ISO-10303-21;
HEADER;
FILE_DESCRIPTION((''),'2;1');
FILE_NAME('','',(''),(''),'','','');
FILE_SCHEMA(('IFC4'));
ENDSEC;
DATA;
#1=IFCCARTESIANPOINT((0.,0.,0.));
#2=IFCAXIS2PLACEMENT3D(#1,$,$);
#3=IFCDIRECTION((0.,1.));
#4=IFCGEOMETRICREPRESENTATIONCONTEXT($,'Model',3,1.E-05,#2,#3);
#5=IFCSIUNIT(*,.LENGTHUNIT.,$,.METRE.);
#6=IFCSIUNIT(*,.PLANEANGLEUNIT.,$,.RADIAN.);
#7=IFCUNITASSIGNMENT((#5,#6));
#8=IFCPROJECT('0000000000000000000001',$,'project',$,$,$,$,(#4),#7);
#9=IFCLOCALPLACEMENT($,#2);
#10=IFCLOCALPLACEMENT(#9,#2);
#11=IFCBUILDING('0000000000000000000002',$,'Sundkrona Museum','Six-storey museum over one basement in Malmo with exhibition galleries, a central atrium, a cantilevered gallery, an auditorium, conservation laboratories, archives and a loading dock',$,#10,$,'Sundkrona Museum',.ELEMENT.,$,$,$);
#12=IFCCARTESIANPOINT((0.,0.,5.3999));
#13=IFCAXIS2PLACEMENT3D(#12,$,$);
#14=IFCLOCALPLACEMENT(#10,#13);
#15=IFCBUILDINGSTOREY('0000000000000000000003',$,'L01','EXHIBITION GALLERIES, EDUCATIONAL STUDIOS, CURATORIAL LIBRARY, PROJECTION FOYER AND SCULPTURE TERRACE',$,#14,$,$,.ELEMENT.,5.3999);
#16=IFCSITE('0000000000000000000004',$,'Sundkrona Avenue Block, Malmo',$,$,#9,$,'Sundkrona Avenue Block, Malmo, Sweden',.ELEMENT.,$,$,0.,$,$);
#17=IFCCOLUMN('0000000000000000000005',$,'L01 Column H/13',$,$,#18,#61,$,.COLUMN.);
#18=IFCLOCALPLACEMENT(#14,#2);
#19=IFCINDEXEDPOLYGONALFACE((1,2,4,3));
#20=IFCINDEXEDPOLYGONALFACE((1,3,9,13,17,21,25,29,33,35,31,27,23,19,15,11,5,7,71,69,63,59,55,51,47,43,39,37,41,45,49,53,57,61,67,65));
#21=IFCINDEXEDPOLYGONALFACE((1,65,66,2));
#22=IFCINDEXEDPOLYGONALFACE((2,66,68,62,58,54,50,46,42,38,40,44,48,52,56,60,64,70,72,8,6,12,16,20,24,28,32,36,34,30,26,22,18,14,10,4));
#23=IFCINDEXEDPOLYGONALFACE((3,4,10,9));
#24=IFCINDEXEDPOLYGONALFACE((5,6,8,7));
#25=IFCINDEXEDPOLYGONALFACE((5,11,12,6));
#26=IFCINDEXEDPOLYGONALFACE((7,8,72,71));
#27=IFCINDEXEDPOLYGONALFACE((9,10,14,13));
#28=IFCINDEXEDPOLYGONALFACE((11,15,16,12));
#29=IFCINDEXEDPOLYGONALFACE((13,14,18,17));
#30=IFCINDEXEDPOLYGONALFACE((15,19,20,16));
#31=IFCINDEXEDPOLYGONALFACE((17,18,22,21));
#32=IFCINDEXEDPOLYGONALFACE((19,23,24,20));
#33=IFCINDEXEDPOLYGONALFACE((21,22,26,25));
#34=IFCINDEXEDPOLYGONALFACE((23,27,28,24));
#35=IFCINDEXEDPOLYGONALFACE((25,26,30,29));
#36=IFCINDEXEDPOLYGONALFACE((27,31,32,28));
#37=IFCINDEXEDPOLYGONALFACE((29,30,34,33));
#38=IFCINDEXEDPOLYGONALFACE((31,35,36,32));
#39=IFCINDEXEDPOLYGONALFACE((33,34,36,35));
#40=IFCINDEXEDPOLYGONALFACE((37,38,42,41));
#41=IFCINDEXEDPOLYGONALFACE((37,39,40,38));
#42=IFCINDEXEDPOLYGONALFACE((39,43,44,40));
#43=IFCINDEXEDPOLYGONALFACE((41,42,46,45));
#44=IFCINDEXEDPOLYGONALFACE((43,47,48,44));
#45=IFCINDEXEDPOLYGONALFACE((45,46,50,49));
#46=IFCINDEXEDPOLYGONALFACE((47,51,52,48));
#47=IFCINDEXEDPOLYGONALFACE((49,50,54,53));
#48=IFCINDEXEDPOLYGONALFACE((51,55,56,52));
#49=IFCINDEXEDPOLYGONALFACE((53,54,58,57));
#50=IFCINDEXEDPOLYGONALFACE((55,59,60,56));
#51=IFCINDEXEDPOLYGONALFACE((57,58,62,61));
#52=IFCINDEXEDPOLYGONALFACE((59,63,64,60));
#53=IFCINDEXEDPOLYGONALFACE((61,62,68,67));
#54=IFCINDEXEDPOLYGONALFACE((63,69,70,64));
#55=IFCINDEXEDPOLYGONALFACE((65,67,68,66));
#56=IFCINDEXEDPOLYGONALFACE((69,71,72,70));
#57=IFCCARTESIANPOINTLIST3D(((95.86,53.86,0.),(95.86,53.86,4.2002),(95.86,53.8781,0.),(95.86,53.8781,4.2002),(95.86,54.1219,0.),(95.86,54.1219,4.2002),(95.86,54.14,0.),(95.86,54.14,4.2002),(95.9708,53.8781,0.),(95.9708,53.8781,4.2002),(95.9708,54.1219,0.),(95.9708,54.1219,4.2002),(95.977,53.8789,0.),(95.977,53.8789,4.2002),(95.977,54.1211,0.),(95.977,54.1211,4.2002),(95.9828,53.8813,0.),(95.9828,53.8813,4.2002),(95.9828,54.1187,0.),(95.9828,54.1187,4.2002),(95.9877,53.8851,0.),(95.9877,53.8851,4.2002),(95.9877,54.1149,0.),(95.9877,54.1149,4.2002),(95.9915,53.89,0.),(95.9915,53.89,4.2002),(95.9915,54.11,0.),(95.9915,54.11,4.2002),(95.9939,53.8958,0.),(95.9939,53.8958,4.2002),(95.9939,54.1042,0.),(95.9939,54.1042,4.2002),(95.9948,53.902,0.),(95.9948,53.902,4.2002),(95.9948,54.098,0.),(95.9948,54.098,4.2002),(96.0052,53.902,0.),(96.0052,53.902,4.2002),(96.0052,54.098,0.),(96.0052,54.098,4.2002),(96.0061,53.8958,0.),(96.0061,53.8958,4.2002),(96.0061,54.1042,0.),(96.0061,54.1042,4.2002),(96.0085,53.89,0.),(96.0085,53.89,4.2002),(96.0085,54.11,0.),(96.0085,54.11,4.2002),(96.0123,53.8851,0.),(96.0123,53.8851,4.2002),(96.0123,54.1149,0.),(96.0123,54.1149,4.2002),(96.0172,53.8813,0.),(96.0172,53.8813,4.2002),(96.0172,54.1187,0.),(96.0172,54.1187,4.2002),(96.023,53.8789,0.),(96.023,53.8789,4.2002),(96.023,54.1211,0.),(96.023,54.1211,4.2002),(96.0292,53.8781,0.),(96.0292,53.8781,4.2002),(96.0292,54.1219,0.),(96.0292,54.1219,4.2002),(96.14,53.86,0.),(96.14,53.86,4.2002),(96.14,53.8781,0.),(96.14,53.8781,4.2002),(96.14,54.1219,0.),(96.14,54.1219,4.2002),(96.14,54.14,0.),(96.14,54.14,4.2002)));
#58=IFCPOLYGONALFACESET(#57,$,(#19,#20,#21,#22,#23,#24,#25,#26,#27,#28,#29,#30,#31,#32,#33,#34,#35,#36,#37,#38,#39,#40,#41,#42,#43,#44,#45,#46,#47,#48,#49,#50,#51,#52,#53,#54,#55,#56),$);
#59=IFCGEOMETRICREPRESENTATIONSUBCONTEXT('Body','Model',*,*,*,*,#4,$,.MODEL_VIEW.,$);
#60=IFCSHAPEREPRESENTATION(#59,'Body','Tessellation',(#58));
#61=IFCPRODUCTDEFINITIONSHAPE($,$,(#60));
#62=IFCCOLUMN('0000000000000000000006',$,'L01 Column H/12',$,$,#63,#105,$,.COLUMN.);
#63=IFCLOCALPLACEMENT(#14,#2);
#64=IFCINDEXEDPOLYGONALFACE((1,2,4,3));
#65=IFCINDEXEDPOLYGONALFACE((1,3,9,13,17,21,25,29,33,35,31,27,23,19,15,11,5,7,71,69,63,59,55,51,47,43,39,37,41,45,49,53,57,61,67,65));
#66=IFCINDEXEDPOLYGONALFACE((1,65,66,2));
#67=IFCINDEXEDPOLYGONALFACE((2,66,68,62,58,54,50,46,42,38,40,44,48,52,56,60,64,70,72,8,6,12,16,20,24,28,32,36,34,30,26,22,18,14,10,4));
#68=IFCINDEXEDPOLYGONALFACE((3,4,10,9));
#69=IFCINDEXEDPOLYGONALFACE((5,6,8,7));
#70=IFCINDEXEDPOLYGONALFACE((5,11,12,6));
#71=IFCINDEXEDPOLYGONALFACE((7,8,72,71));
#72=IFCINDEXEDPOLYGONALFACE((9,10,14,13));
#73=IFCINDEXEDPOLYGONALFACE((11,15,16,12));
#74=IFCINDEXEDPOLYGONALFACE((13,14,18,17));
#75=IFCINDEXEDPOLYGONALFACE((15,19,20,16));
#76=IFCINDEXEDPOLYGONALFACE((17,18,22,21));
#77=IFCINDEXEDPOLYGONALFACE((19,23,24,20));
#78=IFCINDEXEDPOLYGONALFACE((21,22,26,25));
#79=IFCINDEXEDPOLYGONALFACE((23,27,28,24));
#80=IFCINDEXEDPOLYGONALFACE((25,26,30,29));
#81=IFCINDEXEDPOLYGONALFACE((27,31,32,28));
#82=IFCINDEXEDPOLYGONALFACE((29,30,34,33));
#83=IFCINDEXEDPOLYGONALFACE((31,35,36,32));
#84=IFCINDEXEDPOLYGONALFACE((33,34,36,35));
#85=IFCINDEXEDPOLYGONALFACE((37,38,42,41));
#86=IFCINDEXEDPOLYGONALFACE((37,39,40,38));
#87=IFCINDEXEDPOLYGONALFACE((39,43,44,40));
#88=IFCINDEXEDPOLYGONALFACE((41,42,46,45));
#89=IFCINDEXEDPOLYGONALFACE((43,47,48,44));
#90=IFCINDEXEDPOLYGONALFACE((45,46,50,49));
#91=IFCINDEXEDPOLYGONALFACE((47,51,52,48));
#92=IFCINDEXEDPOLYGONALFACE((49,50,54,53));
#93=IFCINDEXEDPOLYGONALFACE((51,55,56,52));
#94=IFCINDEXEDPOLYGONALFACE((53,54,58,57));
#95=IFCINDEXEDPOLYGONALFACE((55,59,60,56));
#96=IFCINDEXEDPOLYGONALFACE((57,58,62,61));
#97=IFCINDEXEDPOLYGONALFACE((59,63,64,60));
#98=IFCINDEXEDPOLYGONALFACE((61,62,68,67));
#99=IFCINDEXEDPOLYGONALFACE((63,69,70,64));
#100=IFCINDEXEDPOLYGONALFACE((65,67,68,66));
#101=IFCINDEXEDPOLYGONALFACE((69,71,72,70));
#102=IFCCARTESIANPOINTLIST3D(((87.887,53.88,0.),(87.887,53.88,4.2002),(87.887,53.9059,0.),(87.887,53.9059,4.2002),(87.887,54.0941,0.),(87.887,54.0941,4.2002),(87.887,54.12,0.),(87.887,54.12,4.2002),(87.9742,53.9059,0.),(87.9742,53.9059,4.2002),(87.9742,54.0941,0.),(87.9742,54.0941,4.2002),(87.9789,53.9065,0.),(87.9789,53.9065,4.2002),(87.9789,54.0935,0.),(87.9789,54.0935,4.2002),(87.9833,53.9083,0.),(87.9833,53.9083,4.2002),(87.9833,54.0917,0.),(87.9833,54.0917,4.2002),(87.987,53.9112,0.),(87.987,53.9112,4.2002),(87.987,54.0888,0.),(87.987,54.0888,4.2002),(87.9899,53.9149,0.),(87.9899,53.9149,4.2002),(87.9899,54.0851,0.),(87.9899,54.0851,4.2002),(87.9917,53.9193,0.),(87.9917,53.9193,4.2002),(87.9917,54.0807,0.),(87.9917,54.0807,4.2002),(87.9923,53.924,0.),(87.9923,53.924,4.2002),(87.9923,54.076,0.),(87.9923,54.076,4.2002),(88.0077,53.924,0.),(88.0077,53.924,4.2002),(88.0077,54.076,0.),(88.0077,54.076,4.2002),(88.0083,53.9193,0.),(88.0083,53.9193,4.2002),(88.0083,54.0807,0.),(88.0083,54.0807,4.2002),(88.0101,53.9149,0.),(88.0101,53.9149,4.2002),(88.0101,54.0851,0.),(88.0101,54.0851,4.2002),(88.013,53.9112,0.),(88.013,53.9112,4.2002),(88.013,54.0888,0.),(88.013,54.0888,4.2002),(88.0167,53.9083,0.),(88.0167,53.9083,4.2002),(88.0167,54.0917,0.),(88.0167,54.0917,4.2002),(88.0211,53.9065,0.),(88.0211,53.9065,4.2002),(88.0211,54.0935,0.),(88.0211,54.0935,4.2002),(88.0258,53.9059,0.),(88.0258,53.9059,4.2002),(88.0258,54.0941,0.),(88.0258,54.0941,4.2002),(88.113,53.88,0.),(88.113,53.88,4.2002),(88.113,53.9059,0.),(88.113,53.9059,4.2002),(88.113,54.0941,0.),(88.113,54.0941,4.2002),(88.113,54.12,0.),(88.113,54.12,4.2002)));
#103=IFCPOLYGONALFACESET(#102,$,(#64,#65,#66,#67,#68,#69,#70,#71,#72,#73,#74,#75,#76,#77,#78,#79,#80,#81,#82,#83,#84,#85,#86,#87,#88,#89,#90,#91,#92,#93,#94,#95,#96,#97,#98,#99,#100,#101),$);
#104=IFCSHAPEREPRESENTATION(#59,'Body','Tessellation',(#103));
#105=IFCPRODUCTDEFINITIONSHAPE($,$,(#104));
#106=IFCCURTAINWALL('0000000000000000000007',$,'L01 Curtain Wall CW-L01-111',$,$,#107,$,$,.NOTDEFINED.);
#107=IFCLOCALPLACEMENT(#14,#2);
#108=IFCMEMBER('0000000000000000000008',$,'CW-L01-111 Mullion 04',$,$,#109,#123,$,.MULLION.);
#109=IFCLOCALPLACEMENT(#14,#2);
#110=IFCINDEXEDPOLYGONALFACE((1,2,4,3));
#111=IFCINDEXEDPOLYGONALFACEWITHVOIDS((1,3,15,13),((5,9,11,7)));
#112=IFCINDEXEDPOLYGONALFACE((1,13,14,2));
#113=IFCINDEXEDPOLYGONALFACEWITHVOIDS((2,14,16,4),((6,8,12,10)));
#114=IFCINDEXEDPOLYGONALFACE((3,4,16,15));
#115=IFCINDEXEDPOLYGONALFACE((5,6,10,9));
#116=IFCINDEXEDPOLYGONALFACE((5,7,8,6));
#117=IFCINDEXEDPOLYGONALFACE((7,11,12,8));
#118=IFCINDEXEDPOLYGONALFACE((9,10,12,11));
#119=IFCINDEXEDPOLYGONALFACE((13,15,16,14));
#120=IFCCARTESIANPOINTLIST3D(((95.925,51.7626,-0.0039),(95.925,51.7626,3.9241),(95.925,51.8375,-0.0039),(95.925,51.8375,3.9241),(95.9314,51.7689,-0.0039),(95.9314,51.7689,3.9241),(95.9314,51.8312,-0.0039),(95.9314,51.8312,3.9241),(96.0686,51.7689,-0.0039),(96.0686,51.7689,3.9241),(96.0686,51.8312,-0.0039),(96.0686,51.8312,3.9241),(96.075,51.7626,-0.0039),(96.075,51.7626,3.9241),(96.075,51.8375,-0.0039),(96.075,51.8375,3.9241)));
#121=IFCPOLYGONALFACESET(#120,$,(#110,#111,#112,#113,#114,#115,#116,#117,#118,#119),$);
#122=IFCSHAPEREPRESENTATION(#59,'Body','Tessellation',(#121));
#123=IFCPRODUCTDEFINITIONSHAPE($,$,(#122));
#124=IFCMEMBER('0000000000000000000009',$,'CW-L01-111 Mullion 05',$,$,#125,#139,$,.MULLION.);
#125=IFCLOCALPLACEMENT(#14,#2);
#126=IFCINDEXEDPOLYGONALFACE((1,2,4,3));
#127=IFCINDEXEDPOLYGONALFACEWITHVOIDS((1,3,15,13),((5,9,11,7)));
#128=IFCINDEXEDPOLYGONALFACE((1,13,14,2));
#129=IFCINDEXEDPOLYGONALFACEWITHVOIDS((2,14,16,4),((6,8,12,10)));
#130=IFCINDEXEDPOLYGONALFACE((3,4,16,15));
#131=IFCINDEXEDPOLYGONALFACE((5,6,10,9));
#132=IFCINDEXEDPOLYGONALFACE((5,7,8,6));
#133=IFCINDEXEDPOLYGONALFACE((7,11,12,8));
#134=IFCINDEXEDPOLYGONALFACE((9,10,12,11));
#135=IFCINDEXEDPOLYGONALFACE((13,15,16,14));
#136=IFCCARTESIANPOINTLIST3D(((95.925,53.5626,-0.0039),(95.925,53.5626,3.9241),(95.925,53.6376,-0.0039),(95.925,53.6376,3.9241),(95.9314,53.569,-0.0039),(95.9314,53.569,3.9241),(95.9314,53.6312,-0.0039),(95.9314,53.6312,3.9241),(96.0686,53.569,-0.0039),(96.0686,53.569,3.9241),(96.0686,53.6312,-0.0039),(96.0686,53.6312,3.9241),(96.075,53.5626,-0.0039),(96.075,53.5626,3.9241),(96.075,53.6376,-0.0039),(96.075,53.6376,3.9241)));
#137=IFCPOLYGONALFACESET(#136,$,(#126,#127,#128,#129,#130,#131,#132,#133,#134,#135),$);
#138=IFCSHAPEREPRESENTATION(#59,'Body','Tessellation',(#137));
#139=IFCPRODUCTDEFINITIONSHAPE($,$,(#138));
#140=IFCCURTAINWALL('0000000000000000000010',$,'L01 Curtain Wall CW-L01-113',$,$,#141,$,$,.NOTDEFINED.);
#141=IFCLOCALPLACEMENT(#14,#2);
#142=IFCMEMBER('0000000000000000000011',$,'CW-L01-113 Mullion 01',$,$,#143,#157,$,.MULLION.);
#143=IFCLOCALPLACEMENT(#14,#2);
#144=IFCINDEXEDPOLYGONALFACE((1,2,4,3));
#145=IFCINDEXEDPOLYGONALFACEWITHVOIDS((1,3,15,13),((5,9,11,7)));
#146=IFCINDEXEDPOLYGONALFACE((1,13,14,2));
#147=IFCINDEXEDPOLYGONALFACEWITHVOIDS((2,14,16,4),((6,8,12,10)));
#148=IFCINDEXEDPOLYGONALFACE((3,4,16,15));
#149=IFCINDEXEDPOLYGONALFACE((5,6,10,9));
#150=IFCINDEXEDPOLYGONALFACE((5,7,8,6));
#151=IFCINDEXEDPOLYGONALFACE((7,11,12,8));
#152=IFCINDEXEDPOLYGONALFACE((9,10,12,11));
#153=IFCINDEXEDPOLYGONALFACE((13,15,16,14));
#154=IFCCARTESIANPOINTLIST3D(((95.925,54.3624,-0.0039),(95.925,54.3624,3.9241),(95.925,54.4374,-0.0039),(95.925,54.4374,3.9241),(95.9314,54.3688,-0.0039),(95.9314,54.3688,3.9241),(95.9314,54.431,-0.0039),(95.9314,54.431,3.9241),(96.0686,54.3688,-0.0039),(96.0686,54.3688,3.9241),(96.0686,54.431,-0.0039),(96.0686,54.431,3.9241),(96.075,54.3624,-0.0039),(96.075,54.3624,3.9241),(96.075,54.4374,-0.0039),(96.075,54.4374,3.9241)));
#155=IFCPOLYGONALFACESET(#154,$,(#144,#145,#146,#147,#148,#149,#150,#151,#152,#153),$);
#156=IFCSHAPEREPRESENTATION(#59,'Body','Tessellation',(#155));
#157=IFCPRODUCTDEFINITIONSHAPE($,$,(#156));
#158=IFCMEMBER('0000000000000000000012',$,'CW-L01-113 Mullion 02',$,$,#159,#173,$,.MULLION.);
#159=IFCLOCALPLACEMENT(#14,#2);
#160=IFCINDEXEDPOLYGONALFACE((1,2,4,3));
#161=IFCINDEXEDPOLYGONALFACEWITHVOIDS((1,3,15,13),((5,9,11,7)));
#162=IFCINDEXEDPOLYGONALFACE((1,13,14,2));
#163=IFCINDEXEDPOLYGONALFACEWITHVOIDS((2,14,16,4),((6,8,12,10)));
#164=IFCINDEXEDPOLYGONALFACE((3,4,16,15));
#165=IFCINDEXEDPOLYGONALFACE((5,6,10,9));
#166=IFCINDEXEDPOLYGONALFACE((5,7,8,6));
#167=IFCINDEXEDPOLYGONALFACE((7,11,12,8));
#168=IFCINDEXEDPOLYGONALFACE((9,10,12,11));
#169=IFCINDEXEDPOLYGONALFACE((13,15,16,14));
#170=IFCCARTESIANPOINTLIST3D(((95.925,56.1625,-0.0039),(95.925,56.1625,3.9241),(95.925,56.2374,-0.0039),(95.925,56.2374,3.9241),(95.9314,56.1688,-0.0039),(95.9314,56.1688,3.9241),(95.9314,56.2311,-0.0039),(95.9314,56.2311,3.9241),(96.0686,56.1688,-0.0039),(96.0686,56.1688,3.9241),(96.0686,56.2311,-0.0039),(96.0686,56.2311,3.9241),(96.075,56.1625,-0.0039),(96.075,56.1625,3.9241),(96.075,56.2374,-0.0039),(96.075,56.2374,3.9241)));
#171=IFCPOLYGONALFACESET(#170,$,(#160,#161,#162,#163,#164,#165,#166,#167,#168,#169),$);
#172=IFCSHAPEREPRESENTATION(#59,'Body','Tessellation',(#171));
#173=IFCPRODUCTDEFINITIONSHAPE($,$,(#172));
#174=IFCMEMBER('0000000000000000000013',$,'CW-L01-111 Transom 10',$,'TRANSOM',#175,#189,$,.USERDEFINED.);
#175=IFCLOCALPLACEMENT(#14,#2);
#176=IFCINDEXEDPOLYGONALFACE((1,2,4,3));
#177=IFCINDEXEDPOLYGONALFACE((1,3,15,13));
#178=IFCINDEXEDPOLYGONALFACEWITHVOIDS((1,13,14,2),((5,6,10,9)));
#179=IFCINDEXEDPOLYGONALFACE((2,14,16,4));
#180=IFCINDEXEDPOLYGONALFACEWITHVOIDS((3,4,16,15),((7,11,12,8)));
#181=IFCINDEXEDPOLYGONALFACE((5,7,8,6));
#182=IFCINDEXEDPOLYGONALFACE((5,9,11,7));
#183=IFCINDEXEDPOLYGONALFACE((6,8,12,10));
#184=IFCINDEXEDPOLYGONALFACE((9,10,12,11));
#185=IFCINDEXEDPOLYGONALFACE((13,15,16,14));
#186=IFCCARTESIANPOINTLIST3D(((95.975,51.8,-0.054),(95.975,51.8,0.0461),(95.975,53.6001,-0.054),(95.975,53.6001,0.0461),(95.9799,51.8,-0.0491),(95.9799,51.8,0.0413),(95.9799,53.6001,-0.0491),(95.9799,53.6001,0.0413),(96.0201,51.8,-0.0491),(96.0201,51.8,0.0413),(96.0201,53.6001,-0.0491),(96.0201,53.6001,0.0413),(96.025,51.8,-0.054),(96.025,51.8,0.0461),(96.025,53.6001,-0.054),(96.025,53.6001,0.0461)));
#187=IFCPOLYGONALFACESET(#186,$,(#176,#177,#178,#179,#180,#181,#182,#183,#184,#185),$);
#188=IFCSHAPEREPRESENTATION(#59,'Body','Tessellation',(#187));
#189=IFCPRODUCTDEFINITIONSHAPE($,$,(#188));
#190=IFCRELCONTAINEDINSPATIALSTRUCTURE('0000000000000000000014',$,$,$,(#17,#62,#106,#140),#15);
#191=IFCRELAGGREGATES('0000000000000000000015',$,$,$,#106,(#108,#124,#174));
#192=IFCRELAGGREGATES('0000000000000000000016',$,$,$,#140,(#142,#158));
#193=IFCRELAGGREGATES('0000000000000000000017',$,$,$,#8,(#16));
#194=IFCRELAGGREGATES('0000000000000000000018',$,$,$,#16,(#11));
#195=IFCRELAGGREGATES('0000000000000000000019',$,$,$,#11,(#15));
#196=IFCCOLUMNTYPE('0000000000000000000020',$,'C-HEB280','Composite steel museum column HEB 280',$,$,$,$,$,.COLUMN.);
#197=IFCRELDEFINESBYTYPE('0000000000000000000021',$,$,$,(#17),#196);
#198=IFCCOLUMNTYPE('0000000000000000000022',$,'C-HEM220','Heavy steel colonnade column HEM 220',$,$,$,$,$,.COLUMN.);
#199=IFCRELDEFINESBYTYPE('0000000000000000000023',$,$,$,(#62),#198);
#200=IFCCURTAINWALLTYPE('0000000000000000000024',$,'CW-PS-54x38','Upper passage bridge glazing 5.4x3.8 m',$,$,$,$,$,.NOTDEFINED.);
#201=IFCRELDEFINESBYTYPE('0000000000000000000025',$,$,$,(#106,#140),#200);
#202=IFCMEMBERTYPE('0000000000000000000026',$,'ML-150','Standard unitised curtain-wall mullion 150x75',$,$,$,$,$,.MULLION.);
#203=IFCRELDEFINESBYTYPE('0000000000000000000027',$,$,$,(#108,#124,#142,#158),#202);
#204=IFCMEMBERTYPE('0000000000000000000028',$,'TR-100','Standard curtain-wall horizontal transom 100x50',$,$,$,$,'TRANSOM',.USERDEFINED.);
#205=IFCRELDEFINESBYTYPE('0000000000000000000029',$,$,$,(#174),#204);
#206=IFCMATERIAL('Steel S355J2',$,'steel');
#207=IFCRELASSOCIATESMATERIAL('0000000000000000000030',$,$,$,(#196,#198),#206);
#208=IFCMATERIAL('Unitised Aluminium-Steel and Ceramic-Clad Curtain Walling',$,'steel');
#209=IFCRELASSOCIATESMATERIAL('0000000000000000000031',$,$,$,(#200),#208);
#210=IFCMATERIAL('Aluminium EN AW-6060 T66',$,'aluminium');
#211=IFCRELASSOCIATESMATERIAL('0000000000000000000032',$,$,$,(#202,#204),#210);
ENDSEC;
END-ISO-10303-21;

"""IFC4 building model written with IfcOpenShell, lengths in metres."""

from ifc_helpers import new_model, si_unit, direction, frame, origin, origin_2d, place, context, subcontext, project, spatial, hollow_rectangle, i_section, extrude, material, material_profile, profile_set, type_object, element, aggregate, save


model = new_model("IFC4")

# Units and contexts
model_context = context("Model", 3, precision=1e-05, world=origin(), true_north=direction((0.0, 1.0)))
body_context = subcontext(model_context, "Body", "Model", "MODEL_VIEW")
ifc_project = project(units=[si_unit("LENGTHUNIT", "METRE"), si_unit("PLANEANGLEUNIT", "RADIAN")], contexts=[model_context])

# Site, building, storey
site_placement = place(None, origin())
site = spatial("IfcSite", under=ifc_project, at=site_placement, Name="Sundkrona Avenue Block, Malmo", LongName="Sundkrona Avenue Block, Malmo, Sweden", CompositionType="ELEMENT", RefElevation=0.0)
building_placement = place(site_placement, origin())
building = spatial("IfcBuilding", under=site, at=building_placement, Name="Sundkrona Museum", Description="Six-storey museum over one basement in Malmo with exhibition galleries, a central atrium, a cantilevered gallery, an auditorium, conservation laboratories, archives and a loading dock", LongName="Sundkrona Museum", CompositionType="ELEMENT")
storey_placement = place(building_placement, frame((0.0, 0.0, 5.3999)))
storey = spatial("IfcBuildingStorey", under=building, at=storey_placement, Name="L01", Description="EXHIBITION GALLERIES, EDUCATIONAL STUDIOS, CURATORIAL LIBRARY, PROJECTION FOYER AND SCULPTURE TERRACE", CompositionType="ELEMENT", Elevation=5.3999)

# Columns
ifc_material_1 = material(Name="Steel S355J2", Category="steel")
ifc_material_profile_1 = material_profile(ifc_material_1, i_section(OverallWidth=0.28, OverallDepth=0.28, WebThickness=0.0105, FlangeThickness=0.0181, FilletRadius=0.0239, at=origin_2d()), Name="HEB 280")
ifc_profile_set_1 = profile_set([ifc_material_profile_1], Name="Steel S355J2")
column_type_1 = type_object("IfcColumnType", Name="C-HEB280", Description="Composite steel museum column HEB 280", PredefinedType="COLUMN", material=ifc_profile_set_1)
column_1_placement = place(storey_placement, frame((96.0, 54.0, 0.0), z_axis=(0.0, 0.0, 1.0), x_axis=(1.0, 0.0, 0.0)))
element("IfcColumn", 1, at=column_1_placement, inside=storey, type_object=column_type_1, Name="L01 Column H/13", PredefinedType="COLUMN", context=body_context, shape_type="SweptSolid", body=[
    extrude(i_section(OverallWidth=0.28, OverallDepth=0.28, WebThickness=0.0105, FlangeThickness=0.0181, FilletRadius=0.0239, at=origin_2d()), origin(), (0.0, 0.0, 1.0), 4.2002),
])
ifc_material_profile_2 = material_profile(ifc_material_1, i_section(OverallWidth=0.2261, OverallDepth=0.24, WebThickness=0.0154, FlangeThickness=0.0259, FilletRadius=0.0181, at=origin_2d()), Name="HEM 220")
ifc_profile_set_2 = profile_set([ifc_material_profile_2], Name="Steel S355J2")
column_type_2 = type_object("IfcColumnType", Name="C-HEM220", Description="Heavy steel colonnade column HEM 220", PredefinedType="COLUMN", material=ifc_profile_set_2)
column_2_placement = place(storey_placement, frame((88.0, 54.0, 0.0), z_axis=(0.0, 0.0, 1.0), x_axis=(1.0, 0.0, 0.0)))
element("IfcColumn", 2, at=column_2_placement, inside=storey, type_object=column_type_2, Name="L01 Column H/12", PredefinedType="COLUMN", context=body_context, shape_type="SweptSolid", body=[
    extrude(i_section(OverallWidth=0.2261, OverallDepth=0.24, WebThickness=0.0154, FlangeThickness=0.0259, FilletRadius=0.0181, at=origin_2d()), origin(), (0.0, 0.0, 1.0), 4.2002),
])

# Curtain walls, members
ifc_material_2 = material(Name="Unitised Aluminium-Steel and Ceramic-Clad Curtain Walling", Category="steel")
curtain_wall_type = type_object("IfcCurtainWallType", Name="CW-PS-54x38", Description="Upper passage bridge glazing 5.4x3.8 m", PredefinedType="NOTDEFINED", material=ifc_material_2)
curtain_wall_1_placement = place(storey_placement, origin())
curtain_wall_1 = element("IfcCurtainWall", 3, at=curtain_wall_1_placement, inside=storey, type_object=curtain_wall_type, Name="L01 Curtain Wall CW-L01-111", PredefinedType="NOTDEFINED")
ifc_material_3 = material(Name="Aluminium EN AW-6060 T66", Category="aluminium")
ifc_material_profile_3 = material_profile(ifc_material_3, hollow_rectangle(XDim=0.075, YDim=0.1499, WallThickness=0.0063, at=origin_2d()), Name="RHS 150x75x6.3")
ifc_profile_set_3 = profile_set([ifc_material_profile_3], Name="Aluminium EN AW-6060 T66")
member_type_1 = type_object("IfcMemberType", Name="ML-150", Description="Standard unitised curtain-wall mullion 150x75", PredefinedType="MULLION", material=ifc_profile_set_3)
member_1_placement = place(storey_placement, frame((96.0, 51.8, -0.0039), z_axis=(0.0, 0.0, 1.0), x_axis=(0.0, 1.0, 0.0)))
member_1 = element("IfcMember", 4, at=member_1_placement, type_object=member_type_1, Name="CW-L01-111 Mullion 04", PredefinedType="MULLION", context=body_context, shape_type="SweptSolid", body=[
    extrude(hollow_rectangle(XDim=0.075, YDim=0.1499, WallThickness=0.0063, at=origin_2d()), origin(), (0.0, 0.0, 1.0), 3.928),
])
member_2_placement = place(storey_placement, frame((96.0, 53.6001, -0.0039), z_axis=(0.0, 0.0, 1.0), x_axis=(0.0, 1.0, 0.0)))
member_2 = element("IfcMember", 5, at=member_2_placement, type_object=member_type_1, Name="CW-L01-111 Mullion 05", PredefinedType="MULLION", context=body_context, shape_type="SweptSolid", body=[
    extrude(hollow_rectangle(XDim=0.075, YDim=0.1499, WallThickness=0.0063, at=origin_2d()), origin(), (0.0, 0.0, 1.0), 3.928),
])
curtain_wall_2_placement = place(storey_placement, origin())
curtain_wall_2 = element("IfcCurtainWall", 6, at=curtain_wall_2_placement, inside=storey, type_object=curtain_wall_type, Name="L01 Curtain Wall CW-L01-113", PredefinedType="NOTDEFINED")
member_3_placement = place(storey_placement, frame((96.0, 54.3999, -0.0039), z_axis=(0.0, 0.0, 1.0), x_axis=(0.0, 1.0, 0.0)))
member_3 = element("IfcMember", 7, at=member_3_placement, type_object=member_type_1, Name="CW-L01-113 Mullion 01", PredefinedType="MULLION", context=body_context, shape_type="SweptSolid", body=[
    extrude(hollow_rectangle(XDim=0.075, YDim=0.1499, WallThickness=0.0063, at=origin_2d()), origin(), (0.0, 0.0, 1.0), 3.928),
])
member_4_placement = place(storey_placement, frame((96.0, 56.2, -0.0039), z_axis=(0.0, 0.0, 1.0), x_axis=(0.0, 1.0, 0.0)))
member_4 = element("IfcMember", 8, at=member_4_placement, type_object=member_type_1, Name="CW-L01-113 Mullion 02", PredefinedType="MULLION", context=body_context, shape_type="SweptSolid", body=[
    extrude(hollow_rectangle(XDim=0.075, YDim=0.1499, WallThickness=0.0063, at=origin_2d()), origin(), (0.0, 0.0, 1.0), 3.928),
])

# Member
ifc_material_profile_4 = material_profile(ifc_material_3, hollow_rectangle(XDim=0.05, YDim=0.1001, WallThickness=0.0049, at=origin_2d()), Name="RHS 100x50x5.0")
ifc_profile_set_4 = profile_set([ifc_material_profile_4], Name="Aluminium EN AW-6060 T66")
member_type_2 = type_object("IfcMemberType", Name="TR-100", Description="Standard curtain-wall horizontal transom 100x50", ElementType="TRANSOM", PredefinedType="USERDEFINED", material=ifc_profile_set_4)
member_5_placement = place(storey_placement, frame((96.0, 51.8, -0.0039), z_axis=(0.0, 1.0, 0.0), x_axis=(-1.0, 0.0, 0.0)))
member_5 = element("IfcMember", 9, at=member_5_placement, type_object=member_type_2, Name="CW-L01-111 Transom 10", ObjectType="TRANSOM", PredefinedType="USERDEFINED", context=body_context, shape_type="SweptSolid", body=[
    extrude(hollow_rectangle(XDim=0.05, YDim=0.1001, WallThickness=0.0049, at=origin_2d()), origin(), (0.0, 0.0, 1.0), 1.8),
])

aggregate(curtain_wall_1, [member_1, member_2, member_5])
aggregate(curtain_wall_2, [member_3, member_4])

save(model, "model.ifc")
